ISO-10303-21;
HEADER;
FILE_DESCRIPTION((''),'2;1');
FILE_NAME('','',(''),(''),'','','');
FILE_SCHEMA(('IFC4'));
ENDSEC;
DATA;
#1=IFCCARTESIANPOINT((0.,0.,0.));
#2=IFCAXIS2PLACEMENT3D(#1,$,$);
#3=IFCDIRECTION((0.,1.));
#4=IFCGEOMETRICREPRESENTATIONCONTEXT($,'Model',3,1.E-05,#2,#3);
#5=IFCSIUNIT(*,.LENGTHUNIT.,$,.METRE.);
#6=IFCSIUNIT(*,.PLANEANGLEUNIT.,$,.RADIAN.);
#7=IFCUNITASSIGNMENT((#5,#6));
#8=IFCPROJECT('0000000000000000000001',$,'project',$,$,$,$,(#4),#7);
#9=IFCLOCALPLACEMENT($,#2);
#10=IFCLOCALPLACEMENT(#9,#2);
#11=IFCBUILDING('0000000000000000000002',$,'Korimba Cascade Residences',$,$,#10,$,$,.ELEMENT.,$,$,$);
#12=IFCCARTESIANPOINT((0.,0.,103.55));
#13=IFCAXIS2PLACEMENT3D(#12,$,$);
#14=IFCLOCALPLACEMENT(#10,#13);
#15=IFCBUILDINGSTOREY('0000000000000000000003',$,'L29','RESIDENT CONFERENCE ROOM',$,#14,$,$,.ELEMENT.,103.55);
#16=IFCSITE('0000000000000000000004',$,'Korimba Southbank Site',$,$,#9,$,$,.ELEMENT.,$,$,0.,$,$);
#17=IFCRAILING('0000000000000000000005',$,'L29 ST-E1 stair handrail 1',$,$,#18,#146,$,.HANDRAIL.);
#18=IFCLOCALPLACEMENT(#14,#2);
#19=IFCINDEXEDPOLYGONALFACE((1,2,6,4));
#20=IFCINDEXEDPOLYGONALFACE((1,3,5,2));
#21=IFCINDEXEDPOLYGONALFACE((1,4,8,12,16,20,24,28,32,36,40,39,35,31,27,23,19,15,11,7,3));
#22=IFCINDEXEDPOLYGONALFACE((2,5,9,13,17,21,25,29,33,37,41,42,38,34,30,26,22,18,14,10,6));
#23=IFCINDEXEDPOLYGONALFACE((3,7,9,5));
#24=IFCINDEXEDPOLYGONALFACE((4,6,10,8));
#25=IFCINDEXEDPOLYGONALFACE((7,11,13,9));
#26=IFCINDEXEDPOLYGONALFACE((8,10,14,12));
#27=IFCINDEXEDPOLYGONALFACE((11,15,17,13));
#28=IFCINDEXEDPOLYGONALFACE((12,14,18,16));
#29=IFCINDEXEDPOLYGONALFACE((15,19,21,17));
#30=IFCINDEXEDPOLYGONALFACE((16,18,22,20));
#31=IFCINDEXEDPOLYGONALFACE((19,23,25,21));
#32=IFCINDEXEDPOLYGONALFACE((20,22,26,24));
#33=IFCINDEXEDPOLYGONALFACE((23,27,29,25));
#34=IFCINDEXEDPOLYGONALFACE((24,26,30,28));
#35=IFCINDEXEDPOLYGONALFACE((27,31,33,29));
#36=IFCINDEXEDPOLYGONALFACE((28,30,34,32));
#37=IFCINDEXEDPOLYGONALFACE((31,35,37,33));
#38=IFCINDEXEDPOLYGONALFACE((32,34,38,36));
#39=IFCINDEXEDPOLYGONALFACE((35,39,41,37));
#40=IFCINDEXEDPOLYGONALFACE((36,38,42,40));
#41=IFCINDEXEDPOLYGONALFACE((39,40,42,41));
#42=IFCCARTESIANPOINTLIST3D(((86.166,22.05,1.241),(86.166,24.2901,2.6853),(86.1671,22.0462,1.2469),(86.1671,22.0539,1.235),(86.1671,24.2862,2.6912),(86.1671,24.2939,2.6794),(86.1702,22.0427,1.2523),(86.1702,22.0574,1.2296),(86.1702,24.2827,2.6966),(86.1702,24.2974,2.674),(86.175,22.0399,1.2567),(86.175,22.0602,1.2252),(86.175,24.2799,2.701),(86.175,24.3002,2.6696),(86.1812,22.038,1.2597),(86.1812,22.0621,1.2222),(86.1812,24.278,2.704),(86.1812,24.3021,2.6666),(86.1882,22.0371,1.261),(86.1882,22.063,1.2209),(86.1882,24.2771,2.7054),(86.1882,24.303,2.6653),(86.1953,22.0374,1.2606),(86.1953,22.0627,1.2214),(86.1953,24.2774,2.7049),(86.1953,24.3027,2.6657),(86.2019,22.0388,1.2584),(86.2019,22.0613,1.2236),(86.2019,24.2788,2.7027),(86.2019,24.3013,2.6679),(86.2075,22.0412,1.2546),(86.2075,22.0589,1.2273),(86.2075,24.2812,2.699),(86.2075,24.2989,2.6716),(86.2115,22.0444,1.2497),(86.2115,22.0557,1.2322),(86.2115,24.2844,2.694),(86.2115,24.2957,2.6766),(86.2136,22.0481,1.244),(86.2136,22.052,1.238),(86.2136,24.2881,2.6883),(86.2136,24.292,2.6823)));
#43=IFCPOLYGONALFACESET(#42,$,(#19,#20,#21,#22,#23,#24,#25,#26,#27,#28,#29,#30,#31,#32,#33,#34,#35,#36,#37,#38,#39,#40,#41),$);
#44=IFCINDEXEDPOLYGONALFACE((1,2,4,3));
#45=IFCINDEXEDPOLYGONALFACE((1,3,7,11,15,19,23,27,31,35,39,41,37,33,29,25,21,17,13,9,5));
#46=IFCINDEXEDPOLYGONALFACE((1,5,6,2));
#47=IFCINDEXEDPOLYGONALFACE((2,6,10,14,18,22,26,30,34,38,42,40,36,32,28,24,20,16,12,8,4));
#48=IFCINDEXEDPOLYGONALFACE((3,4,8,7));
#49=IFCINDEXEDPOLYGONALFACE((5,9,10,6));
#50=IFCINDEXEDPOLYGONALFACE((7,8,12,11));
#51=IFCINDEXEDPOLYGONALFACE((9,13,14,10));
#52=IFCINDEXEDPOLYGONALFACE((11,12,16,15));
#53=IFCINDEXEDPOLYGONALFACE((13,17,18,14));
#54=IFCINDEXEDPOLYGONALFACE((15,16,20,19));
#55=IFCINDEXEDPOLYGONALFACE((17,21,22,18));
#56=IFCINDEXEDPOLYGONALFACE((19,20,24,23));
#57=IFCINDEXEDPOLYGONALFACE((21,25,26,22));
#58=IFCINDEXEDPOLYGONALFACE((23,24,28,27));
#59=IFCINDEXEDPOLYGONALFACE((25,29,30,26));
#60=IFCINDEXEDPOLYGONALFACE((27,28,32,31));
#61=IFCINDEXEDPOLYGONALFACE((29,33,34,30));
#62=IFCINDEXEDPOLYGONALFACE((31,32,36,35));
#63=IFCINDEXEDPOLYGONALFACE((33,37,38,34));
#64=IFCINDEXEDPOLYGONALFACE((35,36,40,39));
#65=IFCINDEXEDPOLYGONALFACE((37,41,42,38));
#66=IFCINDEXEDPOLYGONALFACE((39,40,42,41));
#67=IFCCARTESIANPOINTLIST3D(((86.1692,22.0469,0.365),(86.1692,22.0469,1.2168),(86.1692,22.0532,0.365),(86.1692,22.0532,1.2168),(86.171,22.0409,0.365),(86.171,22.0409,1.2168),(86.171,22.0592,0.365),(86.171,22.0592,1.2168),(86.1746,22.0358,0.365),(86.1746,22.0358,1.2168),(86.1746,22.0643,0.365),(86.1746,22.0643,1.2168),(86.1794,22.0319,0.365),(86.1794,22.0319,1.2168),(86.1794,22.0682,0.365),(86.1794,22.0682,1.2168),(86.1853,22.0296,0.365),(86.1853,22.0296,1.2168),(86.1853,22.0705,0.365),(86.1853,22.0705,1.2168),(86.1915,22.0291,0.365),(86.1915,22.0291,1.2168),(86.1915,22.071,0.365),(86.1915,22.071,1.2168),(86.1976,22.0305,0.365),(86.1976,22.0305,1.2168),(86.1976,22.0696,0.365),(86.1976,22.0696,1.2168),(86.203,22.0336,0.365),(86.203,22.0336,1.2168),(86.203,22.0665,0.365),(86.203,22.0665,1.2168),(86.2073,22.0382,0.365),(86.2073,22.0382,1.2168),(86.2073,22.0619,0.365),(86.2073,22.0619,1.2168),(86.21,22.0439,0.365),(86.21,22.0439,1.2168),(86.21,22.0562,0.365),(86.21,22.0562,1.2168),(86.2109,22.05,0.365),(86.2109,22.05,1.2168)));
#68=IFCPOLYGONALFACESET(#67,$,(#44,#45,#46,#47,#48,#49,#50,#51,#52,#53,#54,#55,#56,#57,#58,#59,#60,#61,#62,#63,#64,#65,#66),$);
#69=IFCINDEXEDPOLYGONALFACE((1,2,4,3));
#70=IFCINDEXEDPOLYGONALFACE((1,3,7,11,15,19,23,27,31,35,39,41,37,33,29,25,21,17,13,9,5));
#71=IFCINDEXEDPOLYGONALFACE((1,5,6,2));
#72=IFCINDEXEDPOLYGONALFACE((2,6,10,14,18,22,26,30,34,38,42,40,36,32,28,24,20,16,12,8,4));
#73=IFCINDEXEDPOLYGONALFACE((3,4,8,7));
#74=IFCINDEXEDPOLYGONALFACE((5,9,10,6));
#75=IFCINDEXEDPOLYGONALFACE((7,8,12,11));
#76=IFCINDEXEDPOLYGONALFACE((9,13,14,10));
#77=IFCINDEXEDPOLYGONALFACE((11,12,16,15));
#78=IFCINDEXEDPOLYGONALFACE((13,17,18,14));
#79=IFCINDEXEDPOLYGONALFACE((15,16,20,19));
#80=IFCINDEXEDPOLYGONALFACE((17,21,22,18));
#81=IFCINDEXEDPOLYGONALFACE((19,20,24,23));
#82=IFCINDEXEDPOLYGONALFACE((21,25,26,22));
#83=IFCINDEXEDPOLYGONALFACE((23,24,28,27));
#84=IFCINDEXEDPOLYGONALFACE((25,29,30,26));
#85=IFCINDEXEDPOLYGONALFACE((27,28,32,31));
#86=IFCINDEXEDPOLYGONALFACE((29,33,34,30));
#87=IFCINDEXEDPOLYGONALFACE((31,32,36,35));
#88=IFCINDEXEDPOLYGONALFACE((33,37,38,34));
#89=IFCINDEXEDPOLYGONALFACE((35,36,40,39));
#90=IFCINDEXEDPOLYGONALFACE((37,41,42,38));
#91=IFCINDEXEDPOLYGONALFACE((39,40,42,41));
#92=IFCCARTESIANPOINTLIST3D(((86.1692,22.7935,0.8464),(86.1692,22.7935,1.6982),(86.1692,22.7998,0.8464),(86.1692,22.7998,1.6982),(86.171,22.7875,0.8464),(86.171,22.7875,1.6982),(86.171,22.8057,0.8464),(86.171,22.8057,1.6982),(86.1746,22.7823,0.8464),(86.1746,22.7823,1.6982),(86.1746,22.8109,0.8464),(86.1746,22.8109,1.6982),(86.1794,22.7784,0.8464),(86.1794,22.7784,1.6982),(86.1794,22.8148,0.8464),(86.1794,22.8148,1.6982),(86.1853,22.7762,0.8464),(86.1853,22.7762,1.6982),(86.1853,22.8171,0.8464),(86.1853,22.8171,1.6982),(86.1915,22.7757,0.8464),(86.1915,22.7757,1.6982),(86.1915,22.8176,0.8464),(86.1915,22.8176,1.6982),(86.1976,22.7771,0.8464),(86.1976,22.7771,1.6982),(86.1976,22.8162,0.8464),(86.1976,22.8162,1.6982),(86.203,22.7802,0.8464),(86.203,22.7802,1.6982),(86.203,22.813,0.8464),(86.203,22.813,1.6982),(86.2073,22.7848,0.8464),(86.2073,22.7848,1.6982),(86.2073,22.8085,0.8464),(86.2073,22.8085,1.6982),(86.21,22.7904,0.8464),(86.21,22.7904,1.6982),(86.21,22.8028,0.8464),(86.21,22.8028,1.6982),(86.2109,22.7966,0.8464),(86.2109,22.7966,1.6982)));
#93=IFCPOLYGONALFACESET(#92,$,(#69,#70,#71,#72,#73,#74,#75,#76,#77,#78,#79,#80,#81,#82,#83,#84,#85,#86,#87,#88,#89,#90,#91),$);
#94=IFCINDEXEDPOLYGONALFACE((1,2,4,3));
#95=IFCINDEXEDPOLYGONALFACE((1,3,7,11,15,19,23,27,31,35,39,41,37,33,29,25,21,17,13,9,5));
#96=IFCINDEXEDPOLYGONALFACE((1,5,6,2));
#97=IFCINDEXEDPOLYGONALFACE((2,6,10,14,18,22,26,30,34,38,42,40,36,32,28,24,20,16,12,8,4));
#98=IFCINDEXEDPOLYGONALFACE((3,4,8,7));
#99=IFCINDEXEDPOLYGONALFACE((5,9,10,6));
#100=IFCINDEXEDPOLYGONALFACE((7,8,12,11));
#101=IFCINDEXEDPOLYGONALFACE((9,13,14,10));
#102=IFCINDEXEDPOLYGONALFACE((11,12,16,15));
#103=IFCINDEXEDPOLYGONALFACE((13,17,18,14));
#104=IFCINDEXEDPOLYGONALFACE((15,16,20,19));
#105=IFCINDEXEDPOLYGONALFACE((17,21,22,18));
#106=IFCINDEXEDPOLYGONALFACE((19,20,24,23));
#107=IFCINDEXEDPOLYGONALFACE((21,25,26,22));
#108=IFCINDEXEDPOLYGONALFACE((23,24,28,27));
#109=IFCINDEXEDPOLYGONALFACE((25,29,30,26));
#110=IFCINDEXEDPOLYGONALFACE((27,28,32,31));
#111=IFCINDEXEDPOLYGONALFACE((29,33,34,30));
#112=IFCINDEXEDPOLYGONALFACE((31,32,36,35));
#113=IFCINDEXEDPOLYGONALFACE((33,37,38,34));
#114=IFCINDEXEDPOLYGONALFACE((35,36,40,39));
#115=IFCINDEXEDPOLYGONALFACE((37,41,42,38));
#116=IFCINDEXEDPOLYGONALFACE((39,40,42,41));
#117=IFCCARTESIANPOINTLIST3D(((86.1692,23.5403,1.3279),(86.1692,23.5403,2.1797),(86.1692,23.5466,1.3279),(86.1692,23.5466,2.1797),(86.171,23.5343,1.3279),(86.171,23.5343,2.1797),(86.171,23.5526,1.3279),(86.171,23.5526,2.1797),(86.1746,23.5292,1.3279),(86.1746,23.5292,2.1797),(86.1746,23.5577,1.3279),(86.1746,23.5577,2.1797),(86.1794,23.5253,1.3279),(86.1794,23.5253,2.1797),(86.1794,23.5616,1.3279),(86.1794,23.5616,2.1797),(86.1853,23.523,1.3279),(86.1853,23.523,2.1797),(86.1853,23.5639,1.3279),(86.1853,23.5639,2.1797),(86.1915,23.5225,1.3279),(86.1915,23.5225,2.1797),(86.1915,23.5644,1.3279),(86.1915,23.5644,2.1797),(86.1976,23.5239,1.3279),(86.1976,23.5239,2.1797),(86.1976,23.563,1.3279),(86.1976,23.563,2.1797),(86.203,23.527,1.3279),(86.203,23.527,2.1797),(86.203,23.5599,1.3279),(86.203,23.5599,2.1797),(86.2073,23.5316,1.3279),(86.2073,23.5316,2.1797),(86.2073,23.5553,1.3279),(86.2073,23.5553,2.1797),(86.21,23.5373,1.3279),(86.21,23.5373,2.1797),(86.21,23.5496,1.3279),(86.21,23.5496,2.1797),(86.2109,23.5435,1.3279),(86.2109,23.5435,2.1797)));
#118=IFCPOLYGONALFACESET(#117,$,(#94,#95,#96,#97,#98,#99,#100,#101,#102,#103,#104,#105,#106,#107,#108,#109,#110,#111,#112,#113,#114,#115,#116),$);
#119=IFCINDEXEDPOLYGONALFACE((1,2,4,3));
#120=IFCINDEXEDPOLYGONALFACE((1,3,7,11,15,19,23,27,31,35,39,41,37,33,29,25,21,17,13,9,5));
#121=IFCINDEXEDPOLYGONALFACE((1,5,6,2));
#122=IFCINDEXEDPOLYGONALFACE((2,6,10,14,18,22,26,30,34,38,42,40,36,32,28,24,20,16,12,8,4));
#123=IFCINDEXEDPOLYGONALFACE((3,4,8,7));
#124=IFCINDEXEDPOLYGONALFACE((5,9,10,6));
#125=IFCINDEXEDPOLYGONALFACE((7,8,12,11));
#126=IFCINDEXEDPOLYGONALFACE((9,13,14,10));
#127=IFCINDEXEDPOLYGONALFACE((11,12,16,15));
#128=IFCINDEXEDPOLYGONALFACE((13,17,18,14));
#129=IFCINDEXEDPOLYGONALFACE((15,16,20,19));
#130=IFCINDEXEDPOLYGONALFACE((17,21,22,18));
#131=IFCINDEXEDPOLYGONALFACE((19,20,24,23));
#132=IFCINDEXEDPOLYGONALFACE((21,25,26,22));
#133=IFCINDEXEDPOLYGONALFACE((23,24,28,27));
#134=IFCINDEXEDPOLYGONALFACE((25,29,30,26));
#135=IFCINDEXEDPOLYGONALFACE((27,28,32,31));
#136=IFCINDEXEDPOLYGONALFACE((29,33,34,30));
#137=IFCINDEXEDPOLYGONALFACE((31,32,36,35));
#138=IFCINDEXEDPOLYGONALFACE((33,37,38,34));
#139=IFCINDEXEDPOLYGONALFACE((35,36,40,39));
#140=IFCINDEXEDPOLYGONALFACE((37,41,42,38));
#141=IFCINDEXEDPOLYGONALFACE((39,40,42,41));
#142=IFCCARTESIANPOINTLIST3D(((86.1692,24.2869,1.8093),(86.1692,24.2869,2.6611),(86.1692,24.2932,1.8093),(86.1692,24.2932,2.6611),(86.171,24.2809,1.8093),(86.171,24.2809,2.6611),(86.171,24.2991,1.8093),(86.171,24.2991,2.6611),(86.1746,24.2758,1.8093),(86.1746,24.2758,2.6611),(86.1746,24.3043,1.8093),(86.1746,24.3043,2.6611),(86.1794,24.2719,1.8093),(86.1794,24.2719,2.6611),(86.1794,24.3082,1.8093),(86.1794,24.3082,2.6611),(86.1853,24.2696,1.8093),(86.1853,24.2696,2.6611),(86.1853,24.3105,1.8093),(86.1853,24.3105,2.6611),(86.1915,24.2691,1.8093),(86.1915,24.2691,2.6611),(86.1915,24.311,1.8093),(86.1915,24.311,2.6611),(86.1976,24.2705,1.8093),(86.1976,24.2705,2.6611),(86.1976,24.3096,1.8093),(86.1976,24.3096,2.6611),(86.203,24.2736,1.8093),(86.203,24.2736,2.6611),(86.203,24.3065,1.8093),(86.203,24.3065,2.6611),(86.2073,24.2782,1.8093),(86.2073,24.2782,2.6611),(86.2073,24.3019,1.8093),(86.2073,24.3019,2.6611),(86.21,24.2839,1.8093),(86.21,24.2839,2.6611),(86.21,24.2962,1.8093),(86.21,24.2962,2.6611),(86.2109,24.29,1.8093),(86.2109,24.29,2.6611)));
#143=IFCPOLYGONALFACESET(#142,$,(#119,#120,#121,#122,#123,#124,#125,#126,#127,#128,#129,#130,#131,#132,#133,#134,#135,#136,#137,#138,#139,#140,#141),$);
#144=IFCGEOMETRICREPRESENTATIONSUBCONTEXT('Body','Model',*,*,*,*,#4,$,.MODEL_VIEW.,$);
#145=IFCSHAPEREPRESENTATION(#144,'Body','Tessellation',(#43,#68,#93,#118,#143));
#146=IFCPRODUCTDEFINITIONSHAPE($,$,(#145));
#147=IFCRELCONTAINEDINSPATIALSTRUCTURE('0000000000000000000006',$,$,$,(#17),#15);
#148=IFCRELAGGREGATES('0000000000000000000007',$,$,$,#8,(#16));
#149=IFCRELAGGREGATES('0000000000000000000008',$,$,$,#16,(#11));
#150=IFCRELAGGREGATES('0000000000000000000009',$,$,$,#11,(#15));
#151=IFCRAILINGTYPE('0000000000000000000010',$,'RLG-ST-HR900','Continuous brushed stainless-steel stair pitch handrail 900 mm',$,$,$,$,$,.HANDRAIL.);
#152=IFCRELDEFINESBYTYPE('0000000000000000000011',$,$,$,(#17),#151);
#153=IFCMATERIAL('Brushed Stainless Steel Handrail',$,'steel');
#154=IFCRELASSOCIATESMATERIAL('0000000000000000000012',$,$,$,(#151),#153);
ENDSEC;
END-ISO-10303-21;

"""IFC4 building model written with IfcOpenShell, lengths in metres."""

from ifc_helpers import new_model, si_unit, direction, frame, origin, origin_2d, place, context, subcontext, project, spatial, circle, extrude, material, type_object, element, save


model = new_model("IFC4")

# Units and contexts
model_context = context("Model", 3, precision=1e-05, world=origin(), true_north=direction((0.0, 1.0)))
body_context = subcontext(model_context, "Body", "Model", "MODEL_VIEW")
ifc_project = project(units=[si_unit("LENGTHUNIT", "METRE"), si_unit("PLANEANGLEUNIT", "RADIAN")], contexts=[model_context])

# Site, building, storey
site_placement = place(None, origin())
site = spatial("IfcSite", under=ifc_project, at=site_placement, Name="Korimba Southbank Site", CompositionType="ELEMENT", RefElevation=0.0)
building_placement = place(site_placement, origin())
building = spatial("IfcBuilding", under=site, at=building_placement, Name="Korimba Cascade Residences", CompositionType="ELEMENT")
storey_placement = place(building_placement, frame((0.0, 0.0, 103.55)))
storey = spatial("IfcBuildingStorey", under=building, at=storey_placement, Name="L29", Description="RESIDENT CONFERENCE ROOM", CompositionType="ELEMENT", Elevation=103.55)

# Railing
ifc_material_1 = material(Name="Brushed Stainless Steel Handrail", Category="steel")
railing_type = type_object("IfcRailingType", Name="RLG-ST-HR900", Description="Continuous brushed stainless-steel stair pitch handrail 900 mm", PredefinedType="HANDRAIL", material=ifc_material_1)
railing_placement = place(storey_placement, frame((86.1899, 22.05, 0.365)))
element("IfcRailing", 1, at=railing_placement, inside=storey, type_object=railing_type, Name="L29 ST-E1 stair handrail 1", PredefinedType="HANDRAIL", context=body_context, shape_type="SweptSolid", body=[
    extrude(circle(Radius=0.0239, at=origin_2d()), frame((0.0, 0.0, 0.876), z_axis=(0.0, 0.840437, 0.54191), x_axis=(-1.0, 0.0, 0.0)), (0.0, 0.0, 1.0), 2.6653),
    extrude(circle(Radius=0.021, at=origin_2d()), origin(), (0.0, 0.0, 1.0), 0.8518),
    extrude(circle(Radius=0.021, at=origin_2d()), frame((0.0, 0.7466, 0.4814)), (0.0, 0.0, 1.0), 0.8518),
    extrude(circle(Radius=0.021, at=origin_2d()), frame((0.0, 1.4934, 0.9629)), (0.0, 0.0, 1.0), 0.8518),
    extrude(circle(Radius=0.021, at=origin_2d()), frame((0.0, 2.24, 1.4443)), (0.0, 0.0, 1.0), 0.8518),
])

save(model, "model.ifc")
